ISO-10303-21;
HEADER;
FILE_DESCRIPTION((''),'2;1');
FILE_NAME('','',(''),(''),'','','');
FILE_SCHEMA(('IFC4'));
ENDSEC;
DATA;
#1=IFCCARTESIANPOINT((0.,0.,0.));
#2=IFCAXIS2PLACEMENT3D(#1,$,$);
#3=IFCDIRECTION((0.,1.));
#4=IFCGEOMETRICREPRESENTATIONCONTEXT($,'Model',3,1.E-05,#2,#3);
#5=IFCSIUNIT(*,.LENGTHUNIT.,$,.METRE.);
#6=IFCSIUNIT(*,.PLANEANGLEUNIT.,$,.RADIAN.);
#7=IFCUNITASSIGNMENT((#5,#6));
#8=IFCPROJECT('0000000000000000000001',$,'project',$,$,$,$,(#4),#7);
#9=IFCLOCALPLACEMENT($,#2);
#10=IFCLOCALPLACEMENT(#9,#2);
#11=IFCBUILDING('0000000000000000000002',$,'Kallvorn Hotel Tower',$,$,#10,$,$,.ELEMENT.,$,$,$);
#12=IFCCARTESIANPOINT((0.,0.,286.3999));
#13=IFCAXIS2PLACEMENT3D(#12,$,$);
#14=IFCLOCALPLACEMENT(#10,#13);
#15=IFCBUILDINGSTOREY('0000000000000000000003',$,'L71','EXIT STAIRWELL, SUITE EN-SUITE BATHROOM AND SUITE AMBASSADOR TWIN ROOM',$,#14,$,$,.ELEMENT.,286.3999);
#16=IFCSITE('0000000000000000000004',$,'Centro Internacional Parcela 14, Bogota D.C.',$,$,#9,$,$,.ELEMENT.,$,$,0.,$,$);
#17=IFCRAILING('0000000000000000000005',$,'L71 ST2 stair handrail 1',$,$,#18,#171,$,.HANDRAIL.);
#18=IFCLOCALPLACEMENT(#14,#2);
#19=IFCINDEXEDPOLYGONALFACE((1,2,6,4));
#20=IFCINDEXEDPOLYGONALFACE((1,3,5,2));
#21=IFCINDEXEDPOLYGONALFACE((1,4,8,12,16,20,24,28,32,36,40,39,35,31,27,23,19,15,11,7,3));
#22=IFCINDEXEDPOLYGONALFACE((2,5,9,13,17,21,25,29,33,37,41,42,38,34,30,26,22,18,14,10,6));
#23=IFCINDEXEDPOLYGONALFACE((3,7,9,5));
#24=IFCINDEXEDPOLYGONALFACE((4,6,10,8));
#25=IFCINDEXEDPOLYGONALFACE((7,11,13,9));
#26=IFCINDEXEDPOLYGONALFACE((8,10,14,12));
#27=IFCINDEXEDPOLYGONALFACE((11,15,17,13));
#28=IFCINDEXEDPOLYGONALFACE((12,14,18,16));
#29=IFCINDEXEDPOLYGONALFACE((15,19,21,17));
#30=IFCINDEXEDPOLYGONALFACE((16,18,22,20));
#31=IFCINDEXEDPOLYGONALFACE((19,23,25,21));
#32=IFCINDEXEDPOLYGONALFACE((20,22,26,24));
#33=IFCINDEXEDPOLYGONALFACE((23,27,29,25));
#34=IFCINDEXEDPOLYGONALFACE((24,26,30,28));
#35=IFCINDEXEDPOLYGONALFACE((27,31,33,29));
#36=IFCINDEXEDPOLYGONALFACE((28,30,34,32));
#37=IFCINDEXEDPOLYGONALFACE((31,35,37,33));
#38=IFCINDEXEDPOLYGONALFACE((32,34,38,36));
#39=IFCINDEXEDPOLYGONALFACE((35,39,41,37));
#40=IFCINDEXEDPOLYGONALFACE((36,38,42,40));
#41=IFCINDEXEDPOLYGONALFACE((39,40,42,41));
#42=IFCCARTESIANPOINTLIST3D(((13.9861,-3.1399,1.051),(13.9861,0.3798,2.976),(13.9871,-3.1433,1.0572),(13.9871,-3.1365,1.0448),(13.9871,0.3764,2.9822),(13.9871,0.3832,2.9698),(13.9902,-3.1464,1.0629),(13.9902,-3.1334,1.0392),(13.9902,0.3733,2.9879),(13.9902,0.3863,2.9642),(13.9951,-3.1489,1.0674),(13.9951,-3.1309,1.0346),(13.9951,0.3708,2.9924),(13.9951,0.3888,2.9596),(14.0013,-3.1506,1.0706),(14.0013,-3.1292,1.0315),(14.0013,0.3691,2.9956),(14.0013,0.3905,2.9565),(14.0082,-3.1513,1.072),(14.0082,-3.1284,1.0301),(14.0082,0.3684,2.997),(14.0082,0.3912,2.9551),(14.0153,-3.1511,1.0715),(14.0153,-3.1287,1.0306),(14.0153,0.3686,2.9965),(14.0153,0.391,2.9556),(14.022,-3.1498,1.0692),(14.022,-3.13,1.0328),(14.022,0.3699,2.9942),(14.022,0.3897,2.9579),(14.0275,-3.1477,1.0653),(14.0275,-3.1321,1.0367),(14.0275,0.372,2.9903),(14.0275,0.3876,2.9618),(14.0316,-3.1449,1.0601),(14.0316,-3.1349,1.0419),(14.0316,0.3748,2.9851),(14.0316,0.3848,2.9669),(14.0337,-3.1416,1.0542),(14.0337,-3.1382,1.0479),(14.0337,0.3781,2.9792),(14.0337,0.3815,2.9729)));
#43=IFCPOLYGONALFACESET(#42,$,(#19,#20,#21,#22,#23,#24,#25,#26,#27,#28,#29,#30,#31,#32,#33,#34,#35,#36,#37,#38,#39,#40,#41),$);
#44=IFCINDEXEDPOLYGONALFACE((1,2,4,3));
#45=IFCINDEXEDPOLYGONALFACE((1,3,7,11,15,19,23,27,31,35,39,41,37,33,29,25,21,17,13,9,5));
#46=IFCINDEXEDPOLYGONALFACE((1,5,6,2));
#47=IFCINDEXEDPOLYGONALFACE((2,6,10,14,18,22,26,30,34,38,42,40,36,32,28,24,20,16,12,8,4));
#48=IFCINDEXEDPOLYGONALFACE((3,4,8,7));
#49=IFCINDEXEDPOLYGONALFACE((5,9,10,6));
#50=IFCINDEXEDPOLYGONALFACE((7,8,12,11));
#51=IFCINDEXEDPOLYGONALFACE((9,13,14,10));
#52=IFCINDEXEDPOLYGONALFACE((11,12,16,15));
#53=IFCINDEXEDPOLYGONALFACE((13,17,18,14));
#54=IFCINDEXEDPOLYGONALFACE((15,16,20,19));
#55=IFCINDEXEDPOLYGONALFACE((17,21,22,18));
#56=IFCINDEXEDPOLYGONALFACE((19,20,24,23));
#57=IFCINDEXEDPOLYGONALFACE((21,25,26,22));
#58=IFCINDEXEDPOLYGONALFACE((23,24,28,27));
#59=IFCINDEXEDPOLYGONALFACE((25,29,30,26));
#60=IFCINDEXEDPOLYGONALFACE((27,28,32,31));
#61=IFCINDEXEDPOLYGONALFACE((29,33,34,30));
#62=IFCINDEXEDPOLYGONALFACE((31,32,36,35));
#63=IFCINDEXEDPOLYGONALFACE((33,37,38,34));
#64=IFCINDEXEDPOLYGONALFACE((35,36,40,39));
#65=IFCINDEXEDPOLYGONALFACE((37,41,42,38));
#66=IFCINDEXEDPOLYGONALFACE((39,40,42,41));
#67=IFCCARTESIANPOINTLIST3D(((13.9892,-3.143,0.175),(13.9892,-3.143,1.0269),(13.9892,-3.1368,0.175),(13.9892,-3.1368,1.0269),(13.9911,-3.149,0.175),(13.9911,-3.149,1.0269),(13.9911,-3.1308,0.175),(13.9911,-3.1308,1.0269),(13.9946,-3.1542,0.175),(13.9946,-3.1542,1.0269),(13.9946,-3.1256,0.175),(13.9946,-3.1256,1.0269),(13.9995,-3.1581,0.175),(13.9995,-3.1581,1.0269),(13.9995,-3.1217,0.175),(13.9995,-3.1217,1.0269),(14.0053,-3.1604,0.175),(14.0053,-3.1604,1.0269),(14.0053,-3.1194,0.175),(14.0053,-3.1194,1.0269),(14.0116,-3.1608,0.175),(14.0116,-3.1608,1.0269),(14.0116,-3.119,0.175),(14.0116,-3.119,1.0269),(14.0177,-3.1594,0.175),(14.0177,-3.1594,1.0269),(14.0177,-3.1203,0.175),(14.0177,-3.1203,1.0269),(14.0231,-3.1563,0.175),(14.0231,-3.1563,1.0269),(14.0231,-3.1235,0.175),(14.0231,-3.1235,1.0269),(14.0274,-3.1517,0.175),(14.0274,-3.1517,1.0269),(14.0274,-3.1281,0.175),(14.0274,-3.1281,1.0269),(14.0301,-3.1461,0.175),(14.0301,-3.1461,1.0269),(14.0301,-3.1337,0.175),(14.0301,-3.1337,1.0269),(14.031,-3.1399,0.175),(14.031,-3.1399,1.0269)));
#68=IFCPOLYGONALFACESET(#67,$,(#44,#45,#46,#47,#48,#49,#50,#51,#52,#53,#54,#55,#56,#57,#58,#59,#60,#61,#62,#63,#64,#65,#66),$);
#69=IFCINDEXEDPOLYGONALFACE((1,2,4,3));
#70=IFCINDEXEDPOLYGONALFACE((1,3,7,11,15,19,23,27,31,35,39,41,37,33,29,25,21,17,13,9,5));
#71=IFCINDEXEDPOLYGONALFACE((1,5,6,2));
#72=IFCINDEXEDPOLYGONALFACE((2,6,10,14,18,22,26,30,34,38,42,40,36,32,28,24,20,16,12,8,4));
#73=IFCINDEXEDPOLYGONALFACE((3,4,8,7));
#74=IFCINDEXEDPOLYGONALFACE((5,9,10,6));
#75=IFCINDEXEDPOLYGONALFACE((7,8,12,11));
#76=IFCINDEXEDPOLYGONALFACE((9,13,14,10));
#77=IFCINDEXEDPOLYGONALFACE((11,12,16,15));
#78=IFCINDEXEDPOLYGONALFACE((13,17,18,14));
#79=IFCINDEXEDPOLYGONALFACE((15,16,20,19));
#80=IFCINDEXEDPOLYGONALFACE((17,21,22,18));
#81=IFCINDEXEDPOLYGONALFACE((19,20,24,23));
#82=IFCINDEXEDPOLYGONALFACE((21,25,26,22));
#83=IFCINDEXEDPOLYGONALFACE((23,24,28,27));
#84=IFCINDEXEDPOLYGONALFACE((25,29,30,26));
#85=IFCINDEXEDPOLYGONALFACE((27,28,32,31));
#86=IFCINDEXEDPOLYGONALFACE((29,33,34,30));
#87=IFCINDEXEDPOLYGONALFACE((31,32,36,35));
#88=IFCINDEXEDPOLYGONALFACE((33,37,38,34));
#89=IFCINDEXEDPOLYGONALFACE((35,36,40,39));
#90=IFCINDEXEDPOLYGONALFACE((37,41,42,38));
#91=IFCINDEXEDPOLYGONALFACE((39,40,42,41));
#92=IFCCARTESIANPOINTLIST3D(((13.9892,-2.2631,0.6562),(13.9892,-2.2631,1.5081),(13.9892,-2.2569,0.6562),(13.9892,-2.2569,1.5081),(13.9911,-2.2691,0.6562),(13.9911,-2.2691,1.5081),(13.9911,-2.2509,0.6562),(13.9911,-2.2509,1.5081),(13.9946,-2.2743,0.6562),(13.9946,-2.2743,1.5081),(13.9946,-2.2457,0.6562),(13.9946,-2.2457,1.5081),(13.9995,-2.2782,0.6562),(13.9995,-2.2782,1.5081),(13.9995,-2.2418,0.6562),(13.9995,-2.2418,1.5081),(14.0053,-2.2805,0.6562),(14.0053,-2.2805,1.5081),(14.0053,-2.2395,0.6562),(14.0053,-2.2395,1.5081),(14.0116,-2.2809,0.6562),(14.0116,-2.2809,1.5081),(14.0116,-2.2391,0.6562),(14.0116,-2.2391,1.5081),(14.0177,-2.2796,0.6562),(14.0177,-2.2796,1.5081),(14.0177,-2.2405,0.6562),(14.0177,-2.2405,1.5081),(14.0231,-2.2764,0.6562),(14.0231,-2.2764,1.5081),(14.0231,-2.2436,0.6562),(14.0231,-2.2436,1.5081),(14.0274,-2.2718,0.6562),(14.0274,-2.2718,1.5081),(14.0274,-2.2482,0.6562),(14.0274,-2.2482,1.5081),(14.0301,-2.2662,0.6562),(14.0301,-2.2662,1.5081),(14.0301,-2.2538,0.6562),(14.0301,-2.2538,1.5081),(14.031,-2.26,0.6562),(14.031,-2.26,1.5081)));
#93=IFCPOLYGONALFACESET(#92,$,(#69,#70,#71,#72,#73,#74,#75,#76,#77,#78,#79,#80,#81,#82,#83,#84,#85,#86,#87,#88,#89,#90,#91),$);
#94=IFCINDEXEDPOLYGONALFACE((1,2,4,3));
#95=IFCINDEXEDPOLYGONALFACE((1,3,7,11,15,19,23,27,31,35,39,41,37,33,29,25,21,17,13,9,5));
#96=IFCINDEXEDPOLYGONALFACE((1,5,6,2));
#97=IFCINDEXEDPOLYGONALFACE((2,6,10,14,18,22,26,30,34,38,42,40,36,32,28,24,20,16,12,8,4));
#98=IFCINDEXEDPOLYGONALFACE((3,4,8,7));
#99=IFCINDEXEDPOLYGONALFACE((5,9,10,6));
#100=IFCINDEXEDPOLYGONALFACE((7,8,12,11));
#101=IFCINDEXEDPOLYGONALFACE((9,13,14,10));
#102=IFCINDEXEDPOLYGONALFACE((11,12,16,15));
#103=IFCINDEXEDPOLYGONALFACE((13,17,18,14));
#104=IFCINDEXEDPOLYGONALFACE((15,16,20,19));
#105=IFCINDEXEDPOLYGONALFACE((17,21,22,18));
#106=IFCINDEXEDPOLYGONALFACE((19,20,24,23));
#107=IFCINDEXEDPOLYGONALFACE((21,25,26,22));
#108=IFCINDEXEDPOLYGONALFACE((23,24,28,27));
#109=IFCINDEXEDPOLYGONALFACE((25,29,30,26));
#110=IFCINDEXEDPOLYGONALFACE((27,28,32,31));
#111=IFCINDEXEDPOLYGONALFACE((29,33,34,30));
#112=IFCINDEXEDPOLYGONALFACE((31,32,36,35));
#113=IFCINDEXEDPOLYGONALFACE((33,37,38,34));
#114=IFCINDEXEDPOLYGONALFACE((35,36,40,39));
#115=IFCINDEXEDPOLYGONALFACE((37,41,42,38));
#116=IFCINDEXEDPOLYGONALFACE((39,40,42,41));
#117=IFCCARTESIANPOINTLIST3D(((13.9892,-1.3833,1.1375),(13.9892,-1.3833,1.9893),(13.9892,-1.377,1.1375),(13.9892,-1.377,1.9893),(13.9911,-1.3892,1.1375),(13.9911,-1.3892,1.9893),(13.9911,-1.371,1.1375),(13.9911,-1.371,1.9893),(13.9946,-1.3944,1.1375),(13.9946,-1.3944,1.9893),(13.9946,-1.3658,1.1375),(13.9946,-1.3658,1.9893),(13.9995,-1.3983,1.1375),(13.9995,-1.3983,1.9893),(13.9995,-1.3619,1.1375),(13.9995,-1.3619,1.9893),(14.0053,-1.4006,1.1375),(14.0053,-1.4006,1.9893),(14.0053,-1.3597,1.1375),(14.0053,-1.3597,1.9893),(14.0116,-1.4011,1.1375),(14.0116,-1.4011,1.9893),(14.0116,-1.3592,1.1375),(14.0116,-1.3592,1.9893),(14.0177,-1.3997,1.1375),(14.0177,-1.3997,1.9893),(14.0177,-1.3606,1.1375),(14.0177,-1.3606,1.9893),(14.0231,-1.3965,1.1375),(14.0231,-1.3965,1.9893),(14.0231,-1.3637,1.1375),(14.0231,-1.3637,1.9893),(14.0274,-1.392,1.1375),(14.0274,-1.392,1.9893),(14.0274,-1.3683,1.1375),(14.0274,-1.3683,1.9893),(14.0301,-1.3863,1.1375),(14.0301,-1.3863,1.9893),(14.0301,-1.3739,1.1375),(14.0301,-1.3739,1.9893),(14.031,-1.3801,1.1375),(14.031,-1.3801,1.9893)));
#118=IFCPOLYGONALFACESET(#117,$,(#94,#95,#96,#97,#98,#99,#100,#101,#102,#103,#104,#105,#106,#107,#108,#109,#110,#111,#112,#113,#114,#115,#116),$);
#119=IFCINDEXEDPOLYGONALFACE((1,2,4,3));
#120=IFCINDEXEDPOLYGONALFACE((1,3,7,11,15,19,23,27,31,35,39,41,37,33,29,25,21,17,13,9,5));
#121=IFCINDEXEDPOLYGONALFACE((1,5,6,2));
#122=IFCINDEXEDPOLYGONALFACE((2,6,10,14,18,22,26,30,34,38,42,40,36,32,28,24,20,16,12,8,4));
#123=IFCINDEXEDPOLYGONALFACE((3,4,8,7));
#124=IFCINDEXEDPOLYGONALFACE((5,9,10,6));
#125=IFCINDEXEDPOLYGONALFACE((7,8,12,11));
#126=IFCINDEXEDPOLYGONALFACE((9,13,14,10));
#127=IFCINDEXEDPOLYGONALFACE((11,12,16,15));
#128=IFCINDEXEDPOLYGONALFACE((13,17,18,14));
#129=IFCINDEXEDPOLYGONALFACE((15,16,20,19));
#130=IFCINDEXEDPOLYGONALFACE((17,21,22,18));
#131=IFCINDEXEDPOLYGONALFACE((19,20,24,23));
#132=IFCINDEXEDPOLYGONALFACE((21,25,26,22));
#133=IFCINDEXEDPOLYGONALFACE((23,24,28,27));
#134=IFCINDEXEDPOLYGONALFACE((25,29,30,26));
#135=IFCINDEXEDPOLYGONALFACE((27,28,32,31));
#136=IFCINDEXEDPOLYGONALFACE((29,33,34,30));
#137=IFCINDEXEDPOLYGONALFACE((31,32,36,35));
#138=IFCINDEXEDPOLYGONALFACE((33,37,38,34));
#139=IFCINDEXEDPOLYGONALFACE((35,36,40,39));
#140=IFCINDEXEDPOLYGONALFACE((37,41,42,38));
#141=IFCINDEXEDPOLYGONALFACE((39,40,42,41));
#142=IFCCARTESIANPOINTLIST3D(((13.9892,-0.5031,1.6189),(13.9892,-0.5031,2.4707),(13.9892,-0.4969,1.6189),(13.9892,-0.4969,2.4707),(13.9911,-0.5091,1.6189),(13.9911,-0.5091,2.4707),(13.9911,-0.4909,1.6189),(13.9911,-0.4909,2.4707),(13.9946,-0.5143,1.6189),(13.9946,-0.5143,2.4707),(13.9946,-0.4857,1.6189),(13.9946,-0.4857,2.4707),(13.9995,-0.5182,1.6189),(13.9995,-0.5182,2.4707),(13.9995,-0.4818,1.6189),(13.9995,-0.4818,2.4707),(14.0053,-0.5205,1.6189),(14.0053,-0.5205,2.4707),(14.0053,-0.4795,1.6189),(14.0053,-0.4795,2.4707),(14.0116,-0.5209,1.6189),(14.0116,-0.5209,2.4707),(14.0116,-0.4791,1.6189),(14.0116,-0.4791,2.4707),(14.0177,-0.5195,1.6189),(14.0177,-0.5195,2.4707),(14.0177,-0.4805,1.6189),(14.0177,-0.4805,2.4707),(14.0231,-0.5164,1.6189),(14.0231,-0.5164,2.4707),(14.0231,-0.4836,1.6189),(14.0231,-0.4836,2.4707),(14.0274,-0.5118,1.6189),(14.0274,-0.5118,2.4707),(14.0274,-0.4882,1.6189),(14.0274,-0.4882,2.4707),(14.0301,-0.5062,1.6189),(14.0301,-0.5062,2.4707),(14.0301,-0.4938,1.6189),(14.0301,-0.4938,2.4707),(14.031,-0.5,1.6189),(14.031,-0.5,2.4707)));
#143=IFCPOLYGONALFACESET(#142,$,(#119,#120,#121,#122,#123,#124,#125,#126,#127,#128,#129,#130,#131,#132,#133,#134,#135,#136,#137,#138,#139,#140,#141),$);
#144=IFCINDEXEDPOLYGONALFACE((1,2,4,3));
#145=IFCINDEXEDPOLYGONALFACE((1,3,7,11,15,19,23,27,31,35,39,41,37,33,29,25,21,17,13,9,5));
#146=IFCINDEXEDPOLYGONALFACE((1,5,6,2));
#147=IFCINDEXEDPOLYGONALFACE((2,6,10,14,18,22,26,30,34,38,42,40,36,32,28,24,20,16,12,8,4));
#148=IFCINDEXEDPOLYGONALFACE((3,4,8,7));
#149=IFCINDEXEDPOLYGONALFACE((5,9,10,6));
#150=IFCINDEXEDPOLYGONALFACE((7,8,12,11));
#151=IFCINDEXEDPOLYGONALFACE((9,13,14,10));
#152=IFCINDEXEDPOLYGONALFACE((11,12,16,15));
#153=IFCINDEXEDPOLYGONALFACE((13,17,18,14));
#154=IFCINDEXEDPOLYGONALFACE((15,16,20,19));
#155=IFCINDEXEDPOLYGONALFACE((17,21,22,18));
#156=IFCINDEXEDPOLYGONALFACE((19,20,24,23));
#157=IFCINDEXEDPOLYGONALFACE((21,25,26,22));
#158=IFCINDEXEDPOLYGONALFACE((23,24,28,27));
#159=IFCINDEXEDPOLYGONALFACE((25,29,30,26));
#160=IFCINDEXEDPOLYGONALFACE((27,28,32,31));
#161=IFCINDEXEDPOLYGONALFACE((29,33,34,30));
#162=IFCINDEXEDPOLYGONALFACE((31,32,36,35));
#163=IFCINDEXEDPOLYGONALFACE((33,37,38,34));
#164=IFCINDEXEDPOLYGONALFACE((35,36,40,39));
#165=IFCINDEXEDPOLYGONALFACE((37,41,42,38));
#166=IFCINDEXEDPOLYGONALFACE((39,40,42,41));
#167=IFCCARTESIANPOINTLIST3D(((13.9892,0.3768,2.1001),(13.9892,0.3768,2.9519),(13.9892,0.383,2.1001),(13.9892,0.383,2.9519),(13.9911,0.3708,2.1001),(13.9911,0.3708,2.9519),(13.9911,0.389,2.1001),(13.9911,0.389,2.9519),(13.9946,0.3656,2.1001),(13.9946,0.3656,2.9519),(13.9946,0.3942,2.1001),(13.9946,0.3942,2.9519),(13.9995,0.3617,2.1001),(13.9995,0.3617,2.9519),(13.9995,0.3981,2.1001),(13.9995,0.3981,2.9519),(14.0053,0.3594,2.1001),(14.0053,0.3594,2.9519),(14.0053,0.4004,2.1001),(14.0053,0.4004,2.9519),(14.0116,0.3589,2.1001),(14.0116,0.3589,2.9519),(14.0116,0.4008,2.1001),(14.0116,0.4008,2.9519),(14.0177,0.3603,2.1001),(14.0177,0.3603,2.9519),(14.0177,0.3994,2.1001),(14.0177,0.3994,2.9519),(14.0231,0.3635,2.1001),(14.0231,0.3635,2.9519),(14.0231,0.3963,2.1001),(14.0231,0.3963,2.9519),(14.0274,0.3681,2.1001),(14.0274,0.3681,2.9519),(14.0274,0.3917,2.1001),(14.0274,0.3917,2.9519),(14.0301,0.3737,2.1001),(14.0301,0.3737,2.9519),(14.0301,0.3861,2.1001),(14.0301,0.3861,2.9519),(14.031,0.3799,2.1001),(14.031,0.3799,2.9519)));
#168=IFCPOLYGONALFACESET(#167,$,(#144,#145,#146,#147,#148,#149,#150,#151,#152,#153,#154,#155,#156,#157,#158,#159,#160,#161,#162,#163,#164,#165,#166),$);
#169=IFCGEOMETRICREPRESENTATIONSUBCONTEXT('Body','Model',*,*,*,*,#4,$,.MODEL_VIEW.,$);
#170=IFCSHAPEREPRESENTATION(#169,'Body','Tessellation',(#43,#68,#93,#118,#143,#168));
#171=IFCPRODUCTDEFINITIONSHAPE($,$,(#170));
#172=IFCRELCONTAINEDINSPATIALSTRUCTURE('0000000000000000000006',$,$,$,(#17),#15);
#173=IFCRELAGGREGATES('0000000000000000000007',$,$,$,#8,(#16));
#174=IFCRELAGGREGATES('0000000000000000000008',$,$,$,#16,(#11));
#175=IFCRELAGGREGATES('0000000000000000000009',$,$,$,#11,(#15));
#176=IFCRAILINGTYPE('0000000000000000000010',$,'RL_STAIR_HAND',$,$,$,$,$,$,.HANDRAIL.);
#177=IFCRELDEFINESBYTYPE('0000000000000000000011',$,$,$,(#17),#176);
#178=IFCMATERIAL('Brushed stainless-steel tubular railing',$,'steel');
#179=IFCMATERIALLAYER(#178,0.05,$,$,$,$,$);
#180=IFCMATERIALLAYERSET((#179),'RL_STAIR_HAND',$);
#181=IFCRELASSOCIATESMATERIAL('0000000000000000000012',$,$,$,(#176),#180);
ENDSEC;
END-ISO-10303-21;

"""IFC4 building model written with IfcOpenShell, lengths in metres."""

from ifc_helpers import new_model, si_unit, direction, frame, origin, origin_2d, place, context, subcontext, project, spatial, circle, extrude, material, layer, layer_set, type_object, element, save


model = new_model("IFC4")

# Units and contexts
model_context = context("Model", 3, precision=1e-05, world=origin(), true_north=direction((0.0, 1.0)))
body_context = subcontext(model_context, "Body", "Model", "MODEL_VIEW")
ifc_project = project(units=[si_unit("LENGTHUNIT", "METRE"), si_unit("PLANEANGLEUNIT", "RADIAN")], contexts=[model_context])

# Site, building, storey
site_placement = place(None, origin())
site = spatial("IfcSite", under=ifc_project, at=site_placement, Name="Centro Internacional Parcela 14, Bogota D.C.", CompositionType="ELEMENT", RefElevation=0.0)
building_placement = place(site_placement, origin())
building = spatial("IfcBuilding", under=site, at=building_placement, Name="Kallvorn Hotel Tower", CompositionType="ELEMENT")
storey_placement = place(building_placement, frame((0.0, 0.0, 286.3999)))
storey = spatial("IfcBuildingStorey", under=building, at=storey_placement, Name="L71", Description="EXIT STAIRWELL, SUITE EN-SUITE BATHROOM AND SUITE AMBASSADOR TWIN ROOM", CompositionType="ELEMENT", Elevation=286.3999)

# Railing
ifc_material_1 = material(Name="Brushed stainless-steel tubular railing", Category="steel")
ifc_layer_1 = layer(ifc_material_1, 0.05)
ifc_layer_set_1 = layer_set([ifc_layer_1], Name="RL_STAIR_HAND")
railing_type_1 = type_object("IfcRailingType", Name="RL_STAIR_HAND", PredefinedType="HANDRAIL", material=ifc_layer_set_1)
railing_1_placement = place(storey_placement, frame((14.01, -3.1399, 0.175)))
element("IfcRailing", 1, at=railing_1_placement, inside=storey, type_object=railing_type_1, Name="L71 ST2 stair handrail 1", PredefinedType="HANDRAIL", context=body_context, shape_type="SweptSolid", body=[
    extrude(circle(Radius=0.0239, at=origin_2d()), frame((0.0, 0.0, 0.876), z_axis=(0.0, 0.877353, 0.479845), x_axis=(-1.0, 0.0, 0.0)), (0.0, 0.0, 1.0), 4.0117),
    extrude(circle(Radius=0.021, at=origin_2d()), origin(), (0.0, 0.0, 1.0), 0.8518),
    extrude(circle(Radius=0.021, at=origin_2d()), frame((0.0, 0.8799, 0.4812)), (0.0, 0.0, 1.0), 0.8518),
    extrude(circle(Radius=0.021, at=origin_2d()), frame((0.0, 1.7598, 0.9624)), (0.0, 0.0, 1.0), 0.8518),
    extrude(circle(Radius=0.021, at=origin_2d()), frame((0.0, 2.6399, 1.4438)), (0.0, 0.0, 1.0), 0.8518),
    extrude(circle(Radius=0.021, at=origin_2d()), frame((0.0, 3.5198, 1.925)), (0.0, 0.0, 1.0), 0.8518),
])

save(model, "model.ifc")
